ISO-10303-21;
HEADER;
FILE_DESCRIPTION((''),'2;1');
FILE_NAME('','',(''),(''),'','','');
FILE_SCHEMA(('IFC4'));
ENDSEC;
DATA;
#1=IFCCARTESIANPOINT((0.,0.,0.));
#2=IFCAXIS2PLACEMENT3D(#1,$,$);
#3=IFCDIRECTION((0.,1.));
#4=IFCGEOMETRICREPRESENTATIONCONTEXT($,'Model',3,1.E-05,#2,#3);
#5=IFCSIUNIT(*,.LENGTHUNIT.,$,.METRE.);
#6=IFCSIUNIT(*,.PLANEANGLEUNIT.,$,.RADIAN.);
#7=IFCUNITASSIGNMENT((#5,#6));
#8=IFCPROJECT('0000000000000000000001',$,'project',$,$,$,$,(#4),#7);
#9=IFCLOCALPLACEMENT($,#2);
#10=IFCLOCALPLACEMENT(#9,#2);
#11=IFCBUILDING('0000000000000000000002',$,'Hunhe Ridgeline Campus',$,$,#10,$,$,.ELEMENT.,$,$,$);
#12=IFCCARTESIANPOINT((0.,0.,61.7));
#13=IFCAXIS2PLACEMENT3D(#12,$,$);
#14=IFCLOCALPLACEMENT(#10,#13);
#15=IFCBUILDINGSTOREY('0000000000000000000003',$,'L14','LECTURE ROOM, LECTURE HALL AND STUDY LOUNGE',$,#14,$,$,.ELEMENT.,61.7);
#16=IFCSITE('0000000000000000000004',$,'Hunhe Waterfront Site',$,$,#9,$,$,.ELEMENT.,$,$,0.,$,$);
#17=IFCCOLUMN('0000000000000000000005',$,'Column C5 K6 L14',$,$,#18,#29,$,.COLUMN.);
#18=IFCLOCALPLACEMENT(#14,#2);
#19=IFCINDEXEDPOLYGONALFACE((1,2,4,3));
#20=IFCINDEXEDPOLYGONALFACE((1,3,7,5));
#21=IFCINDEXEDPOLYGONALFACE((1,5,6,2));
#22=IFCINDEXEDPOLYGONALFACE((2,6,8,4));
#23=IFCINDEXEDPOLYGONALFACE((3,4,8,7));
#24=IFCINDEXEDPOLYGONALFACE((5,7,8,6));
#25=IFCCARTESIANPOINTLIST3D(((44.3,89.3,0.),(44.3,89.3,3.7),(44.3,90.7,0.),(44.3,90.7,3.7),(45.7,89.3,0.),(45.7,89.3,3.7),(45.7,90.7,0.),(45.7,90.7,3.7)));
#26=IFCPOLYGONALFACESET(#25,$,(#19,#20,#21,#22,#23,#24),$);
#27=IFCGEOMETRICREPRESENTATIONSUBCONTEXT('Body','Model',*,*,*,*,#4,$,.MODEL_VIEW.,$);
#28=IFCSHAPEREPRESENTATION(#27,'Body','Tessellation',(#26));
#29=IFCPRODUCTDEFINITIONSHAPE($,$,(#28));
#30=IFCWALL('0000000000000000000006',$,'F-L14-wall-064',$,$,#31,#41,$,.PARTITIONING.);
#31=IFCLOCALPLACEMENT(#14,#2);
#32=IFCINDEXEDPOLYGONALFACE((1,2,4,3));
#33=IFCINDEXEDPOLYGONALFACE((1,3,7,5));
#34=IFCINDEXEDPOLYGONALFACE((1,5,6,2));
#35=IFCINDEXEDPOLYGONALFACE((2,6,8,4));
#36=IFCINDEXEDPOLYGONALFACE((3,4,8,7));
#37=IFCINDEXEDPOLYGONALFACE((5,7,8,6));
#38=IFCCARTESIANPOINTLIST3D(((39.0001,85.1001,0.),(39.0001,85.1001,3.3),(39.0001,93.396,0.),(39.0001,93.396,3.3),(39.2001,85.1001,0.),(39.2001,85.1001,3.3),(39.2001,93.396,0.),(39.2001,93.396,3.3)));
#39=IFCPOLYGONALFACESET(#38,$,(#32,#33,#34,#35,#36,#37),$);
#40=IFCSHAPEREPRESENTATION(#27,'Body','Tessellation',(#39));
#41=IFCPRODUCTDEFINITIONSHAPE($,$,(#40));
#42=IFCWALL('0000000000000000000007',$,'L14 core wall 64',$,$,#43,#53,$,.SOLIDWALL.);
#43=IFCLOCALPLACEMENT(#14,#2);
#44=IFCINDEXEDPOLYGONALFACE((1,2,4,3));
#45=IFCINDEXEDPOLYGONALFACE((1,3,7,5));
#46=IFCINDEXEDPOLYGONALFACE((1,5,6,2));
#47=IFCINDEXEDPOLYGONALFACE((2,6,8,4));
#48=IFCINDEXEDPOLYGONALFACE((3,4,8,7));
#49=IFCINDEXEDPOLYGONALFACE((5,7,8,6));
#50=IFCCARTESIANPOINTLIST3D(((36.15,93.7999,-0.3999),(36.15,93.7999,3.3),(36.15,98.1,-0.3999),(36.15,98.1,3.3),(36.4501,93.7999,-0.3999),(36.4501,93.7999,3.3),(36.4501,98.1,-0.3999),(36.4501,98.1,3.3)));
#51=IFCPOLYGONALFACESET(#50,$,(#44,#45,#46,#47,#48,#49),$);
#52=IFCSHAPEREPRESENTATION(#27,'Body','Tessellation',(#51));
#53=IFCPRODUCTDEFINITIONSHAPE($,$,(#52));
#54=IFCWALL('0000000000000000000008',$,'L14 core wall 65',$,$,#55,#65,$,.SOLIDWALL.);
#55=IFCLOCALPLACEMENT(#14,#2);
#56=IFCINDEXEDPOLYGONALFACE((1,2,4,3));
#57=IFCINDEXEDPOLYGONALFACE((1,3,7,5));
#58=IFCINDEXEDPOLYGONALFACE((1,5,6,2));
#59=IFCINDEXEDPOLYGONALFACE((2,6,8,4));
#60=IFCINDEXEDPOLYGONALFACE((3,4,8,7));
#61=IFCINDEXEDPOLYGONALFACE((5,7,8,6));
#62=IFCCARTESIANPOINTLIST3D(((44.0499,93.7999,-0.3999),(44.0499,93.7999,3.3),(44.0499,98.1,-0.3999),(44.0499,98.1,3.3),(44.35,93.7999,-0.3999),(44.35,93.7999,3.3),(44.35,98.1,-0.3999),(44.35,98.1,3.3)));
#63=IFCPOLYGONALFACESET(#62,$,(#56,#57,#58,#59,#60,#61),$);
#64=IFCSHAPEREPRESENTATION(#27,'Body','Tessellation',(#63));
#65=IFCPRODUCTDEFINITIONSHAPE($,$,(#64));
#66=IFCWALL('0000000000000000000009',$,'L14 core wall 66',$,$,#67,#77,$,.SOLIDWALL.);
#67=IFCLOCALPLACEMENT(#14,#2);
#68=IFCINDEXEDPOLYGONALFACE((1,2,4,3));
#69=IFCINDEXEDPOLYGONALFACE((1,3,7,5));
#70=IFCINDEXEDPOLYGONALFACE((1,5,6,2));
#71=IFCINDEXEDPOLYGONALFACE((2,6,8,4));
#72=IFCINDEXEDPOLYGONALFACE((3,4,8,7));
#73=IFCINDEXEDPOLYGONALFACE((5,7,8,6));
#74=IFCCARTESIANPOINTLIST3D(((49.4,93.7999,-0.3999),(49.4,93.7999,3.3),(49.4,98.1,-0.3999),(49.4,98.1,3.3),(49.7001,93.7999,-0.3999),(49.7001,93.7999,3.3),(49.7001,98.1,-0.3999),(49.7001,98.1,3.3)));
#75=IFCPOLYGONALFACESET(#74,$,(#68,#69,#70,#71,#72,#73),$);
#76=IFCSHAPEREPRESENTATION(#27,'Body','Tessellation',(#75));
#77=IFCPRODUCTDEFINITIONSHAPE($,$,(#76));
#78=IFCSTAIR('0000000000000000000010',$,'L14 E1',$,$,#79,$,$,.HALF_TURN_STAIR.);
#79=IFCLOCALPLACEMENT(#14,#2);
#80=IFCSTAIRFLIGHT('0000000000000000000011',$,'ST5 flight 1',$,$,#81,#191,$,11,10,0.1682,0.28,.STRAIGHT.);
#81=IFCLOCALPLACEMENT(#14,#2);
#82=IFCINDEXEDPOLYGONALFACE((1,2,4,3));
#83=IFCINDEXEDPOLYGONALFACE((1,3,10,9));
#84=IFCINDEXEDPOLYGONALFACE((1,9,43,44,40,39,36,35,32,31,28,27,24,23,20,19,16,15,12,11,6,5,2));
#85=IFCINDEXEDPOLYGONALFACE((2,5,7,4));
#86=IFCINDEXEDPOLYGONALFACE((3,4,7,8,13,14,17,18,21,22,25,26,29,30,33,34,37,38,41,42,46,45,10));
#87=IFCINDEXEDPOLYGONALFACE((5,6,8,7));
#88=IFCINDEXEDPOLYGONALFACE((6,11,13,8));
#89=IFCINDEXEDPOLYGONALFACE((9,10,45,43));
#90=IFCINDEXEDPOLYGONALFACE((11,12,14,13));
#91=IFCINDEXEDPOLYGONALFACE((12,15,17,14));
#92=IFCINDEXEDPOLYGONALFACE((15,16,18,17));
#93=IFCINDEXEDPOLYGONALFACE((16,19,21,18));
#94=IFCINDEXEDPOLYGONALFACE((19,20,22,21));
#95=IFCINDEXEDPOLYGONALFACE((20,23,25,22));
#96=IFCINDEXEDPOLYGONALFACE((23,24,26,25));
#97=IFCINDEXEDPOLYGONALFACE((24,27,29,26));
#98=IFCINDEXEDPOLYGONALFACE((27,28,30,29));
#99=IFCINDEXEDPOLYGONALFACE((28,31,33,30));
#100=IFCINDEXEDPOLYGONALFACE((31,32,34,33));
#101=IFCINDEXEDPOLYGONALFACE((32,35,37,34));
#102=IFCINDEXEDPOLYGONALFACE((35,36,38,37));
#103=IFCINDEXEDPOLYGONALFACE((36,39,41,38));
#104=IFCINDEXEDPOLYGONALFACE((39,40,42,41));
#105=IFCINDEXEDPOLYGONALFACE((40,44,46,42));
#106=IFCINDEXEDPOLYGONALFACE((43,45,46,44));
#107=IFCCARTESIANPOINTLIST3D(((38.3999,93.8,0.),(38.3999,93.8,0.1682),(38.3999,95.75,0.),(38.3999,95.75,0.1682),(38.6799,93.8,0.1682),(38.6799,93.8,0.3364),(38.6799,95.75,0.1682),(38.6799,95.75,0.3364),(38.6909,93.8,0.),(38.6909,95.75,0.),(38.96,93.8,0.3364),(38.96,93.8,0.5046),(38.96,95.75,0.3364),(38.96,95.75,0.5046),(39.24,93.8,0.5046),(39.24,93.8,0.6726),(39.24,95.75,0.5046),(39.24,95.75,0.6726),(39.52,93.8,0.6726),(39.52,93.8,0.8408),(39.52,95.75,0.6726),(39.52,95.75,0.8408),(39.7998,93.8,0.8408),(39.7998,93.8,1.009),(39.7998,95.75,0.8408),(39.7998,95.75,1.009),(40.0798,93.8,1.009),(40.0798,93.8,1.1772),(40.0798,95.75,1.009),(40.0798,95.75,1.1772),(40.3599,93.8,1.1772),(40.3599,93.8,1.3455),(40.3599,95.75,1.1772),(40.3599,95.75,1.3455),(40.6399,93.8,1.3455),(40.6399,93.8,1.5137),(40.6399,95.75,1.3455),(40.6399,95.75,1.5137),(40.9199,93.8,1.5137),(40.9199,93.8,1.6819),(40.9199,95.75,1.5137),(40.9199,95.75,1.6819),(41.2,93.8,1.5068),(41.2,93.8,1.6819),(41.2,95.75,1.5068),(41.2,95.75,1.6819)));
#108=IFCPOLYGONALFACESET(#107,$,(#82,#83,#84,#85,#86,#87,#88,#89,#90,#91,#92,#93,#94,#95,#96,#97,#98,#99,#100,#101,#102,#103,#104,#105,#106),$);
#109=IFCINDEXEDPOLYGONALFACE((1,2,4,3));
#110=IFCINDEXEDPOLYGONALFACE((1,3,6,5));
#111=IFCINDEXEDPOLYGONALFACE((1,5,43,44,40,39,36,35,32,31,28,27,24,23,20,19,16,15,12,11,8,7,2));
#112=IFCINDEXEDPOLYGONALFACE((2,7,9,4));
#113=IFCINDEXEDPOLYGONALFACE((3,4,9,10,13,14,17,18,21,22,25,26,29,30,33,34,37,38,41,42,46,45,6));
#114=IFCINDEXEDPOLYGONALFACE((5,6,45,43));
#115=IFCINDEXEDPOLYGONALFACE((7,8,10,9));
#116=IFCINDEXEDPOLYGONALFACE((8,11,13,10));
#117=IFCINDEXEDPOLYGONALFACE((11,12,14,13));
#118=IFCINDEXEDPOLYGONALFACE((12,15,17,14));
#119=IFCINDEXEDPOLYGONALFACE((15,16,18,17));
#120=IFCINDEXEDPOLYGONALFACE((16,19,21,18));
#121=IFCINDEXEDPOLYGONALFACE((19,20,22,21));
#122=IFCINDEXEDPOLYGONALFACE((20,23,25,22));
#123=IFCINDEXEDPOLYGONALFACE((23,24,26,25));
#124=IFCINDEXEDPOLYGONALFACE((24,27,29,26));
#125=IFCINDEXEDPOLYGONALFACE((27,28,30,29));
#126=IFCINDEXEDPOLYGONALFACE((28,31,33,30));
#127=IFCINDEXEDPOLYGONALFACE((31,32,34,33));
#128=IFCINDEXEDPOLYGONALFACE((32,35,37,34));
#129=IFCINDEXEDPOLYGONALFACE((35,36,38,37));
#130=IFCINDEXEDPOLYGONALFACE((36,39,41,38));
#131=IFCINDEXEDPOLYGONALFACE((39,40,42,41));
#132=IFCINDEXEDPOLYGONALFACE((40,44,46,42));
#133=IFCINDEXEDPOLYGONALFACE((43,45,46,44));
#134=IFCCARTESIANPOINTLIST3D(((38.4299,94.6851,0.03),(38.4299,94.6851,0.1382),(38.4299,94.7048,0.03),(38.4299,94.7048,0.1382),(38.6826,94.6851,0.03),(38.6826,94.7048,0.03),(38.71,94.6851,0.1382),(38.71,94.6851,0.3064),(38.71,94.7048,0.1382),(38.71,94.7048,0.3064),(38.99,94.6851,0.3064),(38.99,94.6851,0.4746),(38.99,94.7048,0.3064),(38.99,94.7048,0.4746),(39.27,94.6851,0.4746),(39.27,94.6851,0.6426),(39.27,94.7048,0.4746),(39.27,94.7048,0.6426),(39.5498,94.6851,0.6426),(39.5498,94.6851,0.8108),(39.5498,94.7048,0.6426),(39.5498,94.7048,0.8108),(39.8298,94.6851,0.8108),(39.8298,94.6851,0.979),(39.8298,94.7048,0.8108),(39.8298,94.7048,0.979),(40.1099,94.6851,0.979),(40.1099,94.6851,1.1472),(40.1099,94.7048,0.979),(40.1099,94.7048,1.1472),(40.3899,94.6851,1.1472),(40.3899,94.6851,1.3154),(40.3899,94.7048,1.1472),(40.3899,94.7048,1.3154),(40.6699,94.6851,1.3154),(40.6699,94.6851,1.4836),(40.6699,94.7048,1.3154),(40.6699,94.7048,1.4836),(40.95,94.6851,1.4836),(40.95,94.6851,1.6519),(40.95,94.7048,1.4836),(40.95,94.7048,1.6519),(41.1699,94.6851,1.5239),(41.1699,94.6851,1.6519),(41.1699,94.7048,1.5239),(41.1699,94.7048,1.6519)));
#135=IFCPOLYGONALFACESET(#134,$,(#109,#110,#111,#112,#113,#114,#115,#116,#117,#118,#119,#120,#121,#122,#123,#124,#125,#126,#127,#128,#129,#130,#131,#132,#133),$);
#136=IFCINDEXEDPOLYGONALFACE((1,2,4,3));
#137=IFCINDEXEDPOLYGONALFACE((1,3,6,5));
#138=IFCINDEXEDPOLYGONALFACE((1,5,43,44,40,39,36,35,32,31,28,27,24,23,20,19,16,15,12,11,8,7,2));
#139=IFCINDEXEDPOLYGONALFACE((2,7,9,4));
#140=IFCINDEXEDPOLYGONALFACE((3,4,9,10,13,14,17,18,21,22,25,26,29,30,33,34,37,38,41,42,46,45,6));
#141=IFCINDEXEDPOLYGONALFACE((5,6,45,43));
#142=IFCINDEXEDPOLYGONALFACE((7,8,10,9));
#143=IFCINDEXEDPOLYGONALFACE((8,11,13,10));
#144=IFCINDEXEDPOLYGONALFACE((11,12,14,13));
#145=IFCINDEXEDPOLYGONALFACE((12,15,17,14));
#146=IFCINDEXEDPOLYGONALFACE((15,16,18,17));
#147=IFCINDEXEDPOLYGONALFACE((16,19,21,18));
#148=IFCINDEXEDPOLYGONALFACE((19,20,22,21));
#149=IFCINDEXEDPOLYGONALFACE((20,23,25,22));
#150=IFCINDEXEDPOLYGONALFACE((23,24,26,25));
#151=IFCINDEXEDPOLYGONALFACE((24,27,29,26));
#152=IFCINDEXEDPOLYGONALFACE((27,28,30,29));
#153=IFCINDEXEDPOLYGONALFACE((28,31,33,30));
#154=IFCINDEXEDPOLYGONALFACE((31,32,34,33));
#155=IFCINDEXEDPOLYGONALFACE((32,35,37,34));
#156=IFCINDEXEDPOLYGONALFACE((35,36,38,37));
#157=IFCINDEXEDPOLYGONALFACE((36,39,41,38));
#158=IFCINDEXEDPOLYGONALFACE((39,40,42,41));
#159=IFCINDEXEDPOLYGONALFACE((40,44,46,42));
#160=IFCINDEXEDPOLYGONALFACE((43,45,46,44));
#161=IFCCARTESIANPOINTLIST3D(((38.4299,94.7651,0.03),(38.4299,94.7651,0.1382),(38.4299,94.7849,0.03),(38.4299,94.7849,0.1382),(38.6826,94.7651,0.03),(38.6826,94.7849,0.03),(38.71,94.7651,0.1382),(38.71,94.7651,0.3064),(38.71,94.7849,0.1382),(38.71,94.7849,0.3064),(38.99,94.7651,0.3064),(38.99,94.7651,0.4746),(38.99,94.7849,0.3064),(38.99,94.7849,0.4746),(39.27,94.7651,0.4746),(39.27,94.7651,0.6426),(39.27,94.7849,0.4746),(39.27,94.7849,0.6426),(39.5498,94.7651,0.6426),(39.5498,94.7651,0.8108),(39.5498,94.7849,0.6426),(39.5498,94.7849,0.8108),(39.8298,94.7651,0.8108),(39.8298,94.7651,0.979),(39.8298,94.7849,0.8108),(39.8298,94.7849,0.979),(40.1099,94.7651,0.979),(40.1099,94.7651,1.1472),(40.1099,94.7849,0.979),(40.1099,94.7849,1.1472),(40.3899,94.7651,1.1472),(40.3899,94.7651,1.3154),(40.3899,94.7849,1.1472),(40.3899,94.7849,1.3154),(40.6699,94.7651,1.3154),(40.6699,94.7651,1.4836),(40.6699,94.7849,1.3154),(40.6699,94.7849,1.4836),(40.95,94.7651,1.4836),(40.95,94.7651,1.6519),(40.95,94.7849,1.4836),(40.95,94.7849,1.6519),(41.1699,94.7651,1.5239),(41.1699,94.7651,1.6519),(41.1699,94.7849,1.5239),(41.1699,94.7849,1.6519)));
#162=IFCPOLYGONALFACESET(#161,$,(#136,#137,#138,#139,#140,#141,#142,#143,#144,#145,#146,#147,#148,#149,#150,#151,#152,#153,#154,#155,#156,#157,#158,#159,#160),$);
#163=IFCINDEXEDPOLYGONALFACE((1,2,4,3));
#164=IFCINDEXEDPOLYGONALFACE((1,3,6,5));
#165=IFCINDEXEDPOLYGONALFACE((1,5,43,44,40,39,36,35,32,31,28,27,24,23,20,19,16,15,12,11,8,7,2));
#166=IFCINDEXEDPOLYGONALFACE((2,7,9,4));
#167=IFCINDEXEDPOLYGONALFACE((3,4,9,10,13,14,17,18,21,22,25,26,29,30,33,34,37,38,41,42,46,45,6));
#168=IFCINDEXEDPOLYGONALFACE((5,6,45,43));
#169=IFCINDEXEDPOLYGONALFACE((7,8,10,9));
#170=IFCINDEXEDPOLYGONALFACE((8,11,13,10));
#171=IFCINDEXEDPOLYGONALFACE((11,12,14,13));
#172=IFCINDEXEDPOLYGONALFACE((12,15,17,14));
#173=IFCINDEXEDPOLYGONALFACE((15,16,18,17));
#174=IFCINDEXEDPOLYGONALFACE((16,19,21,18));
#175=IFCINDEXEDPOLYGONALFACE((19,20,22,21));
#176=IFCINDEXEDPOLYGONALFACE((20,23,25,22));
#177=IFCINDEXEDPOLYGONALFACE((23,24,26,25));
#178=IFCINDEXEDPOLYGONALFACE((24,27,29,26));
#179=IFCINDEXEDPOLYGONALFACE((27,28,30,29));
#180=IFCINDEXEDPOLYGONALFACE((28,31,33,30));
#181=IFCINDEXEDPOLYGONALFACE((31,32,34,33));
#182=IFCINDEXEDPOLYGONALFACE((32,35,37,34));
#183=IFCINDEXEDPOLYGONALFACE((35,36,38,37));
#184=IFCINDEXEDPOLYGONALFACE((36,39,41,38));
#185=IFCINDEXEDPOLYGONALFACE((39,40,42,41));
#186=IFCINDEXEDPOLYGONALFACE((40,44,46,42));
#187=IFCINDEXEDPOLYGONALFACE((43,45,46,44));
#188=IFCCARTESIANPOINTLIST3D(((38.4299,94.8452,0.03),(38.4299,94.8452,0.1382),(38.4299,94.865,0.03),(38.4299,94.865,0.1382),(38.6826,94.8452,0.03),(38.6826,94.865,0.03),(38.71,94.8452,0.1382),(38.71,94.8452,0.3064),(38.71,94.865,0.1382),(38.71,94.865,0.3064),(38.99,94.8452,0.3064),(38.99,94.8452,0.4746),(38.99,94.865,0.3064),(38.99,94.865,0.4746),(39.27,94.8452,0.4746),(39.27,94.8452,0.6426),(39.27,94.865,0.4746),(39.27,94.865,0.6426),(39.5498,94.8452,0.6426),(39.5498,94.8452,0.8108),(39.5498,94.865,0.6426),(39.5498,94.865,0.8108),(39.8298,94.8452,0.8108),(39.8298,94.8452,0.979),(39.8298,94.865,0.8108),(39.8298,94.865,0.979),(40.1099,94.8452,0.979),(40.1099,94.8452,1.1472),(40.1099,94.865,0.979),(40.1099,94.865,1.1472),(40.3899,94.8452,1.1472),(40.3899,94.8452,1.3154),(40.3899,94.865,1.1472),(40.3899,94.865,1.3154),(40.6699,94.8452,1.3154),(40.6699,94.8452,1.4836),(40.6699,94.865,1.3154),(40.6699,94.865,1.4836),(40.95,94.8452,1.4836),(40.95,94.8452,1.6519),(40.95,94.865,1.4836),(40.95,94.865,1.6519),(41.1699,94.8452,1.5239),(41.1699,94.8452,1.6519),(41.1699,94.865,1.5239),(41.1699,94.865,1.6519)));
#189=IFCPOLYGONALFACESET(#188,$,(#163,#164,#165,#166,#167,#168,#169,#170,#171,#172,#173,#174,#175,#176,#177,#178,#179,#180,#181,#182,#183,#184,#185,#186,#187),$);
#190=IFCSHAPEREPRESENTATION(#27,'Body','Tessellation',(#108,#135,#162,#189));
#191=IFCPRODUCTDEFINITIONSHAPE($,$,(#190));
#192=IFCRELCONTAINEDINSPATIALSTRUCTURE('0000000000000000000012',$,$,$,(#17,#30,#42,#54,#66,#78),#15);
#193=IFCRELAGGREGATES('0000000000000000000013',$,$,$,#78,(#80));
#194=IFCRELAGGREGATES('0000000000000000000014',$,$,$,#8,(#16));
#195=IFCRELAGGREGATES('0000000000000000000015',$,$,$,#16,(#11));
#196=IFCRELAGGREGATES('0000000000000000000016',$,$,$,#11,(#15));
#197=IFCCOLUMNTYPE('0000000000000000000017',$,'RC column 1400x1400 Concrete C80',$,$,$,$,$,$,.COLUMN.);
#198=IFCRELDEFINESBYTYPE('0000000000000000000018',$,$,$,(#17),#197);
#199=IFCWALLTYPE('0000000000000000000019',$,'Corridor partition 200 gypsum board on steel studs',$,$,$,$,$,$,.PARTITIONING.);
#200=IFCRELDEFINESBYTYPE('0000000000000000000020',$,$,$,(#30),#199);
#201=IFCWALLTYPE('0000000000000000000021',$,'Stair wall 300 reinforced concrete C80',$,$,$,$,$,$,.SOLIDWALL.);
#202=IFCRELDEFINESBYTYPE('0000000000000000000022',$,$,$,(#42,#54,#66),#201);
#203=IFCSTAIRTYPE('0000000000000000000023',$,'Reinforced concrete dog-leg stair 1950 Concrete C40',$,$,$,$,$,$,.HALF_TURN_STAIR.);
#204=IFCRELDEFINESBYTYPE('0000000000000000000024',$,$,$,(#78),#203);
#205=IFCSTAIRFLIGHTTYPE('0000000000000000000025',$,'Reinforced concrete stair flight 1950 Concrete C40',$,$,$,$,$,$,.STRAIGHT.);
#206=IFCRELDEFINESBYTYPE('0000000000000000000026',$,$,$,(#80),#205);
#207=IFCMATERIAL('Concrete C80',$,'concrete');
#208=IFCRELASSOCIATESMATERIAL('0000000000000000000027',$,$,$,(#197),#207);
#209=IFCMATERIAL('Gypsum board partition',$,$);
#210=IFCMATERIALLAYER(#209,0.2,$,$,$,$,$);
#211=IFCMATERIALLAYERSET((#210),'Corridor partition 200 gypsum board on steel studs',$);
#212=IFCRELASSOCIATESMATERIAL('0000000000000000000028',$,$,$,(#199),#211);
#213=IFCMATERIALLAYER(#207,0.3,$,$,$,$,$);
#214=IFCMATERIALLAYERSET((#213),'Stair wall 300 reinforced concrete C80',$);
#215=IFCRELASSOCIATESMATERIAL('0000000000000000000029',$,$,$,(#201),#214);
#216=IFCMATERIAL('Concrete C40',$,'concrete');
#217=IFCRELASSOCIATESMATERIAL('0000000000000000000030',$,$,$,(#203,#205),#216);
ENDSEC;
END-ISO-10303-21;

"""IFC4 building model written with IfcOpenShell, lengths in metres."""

from ifc_helpers import new_model, si_unit, direction, frame, frame_2d, origin, origin_2d, place, context, subcontext, project, spatial, polyline, rectangle, outline, extrude, material, layer, layer_set, material_profile, profile_set, type_object, element, aggregate, save


model = new_model("IFC4")

# Units and contexts
model_context = context("Model", 3, precision=1e-05, world=origin(), true_north=direction((0.0, 1.0)))
body_context = subcontext(model_context, "Body", "Model", "MODEL_VIEW")
ifc_project = project(units=[si_unit("LENGTHUNIT", "METRE"), si_unit("PLANEANGLEUNIT", "RADIAN")], contexts=[model_context])

# Site, building, storey
site_placement = place(None, origin())
site = spatial("IfcSite", under=ifc_project, at=site_placement, Name="Hunhe Waterfront Site", CompositionType="ELEMENT", RefElevation=0.0)
building_placement = place(site_placement, origin())
building = spatial("IfcBuilding", under=site, at=building_placement, Name="Hunhe Ridgeline Campus", CompositionType="ELEMENT")
storey_placement = place(building_placement, frame((0.0, 0.0, 61.7)))
storey = spatial("IfcBuildingStorey", under=building, at=storey_placement, Name="L14", Description="LECTURE ROOM, LECTURE HALL AND STUDY LOUNGE", CompositionType="ELEMENT", Elevation=61.7)

# Column
ifc_material_1 = material(Name="Concrete C80", Category="concrete")
ifc_material_profile = material_profile(ifc_material_1, rectangle(XDim=1.3999, YDim=1.3999, at=origin_2d()))
ifc_profile_set = profile_set([ifc_material_profile], Name="Concrete C80")
column_type = type_object("IfcColumnType", Name="RC column 1400x1400 Concrete C80", PredefinedType="COLUMN", material=ifc_profile_set)
column_placement = place(storey_placement, frame((45.0, 90.0, 0.0), z_axis=(0.0, 0.0, 1.0), x_axis=(1.0, 0.0, 0.0)))
element("IfcColumn", 1, at=column_placement, inside=storey, type_object=column_type, Name="Column C5 K6 L14", PredefinedType="COLUMN", context=body_context, shape_type="SweptSolid", body=[
    extrude(rectangle(XDim=1.3999, YDim=1.3999, at=origin_2d()), origin(), (0.0, 0.0, 1.0), 3.7),
])

# Wall
ifc_material_2 = material(Name="Gypsum board partition")
ifc_layer_1 = layer(ifc_material_2, 0.2)
ifc_layer_set_1 = layer_set([ifc_layer_1], Name="Corridor partition 200 gypsum board on steel studs")
wall_type_1 = type_object("IfcWallType", Name="Corridor partition 200 gypsum board on steel studs", PredefinedType="PARTITIONING", material=ifc_layer_set_1)
wall_1_placement = place(storey_placement, frame((39.1001, 93.396, 0.0), z_axis=(0.0, 0.0, 1.0), x_axis=(0.0, -1.0, 0.0)))
element("IfcWall", 2, at=wall_1_placement, inside=storey, type_object=wall_type_1, Name="F-L14-wall-064", PredefinedType="PARTITIONING", context=body_context, shape_type="SweptSolid", body=[
    extrude(rectangle(XDim=8.2959, YDim=0.2, at=frame_2d((4.1479, 0.0))), origin(), (0.0, 0.0, 1.0), 3.3),
])

# Shared definitions
ifc_layer_2 = layer(ifc_material_1, 0.3)
ifc_layer_set_2 = layer_set([ifc_layer_2], Name="Stair wall 300 reinforced concrete C80")
wall_type_2 = type_object("IfcWallType", Name="Stair wall 300 reinforced concrete C80", PredefinedType="SOLIDWALL", material=ifc_layer_set_2)

# Walls
for number, where, z_axis, x_axis, name in (
    (3, (36.3, 93.8, -0.3999), (0.0, 0.0, 1.0), (0.0, 1.0, 0.0), "L14 core wall 64"),
    (4, (44.2, 93.8, -0.3999), (0.0, 0.0, 1.0), (0.0, 1.0, 0.0), "L14 core wall 65"),
    (5, (49.55, 93.8, -0.3999), (0.0, 0.0, 1.0), (0.0, 1.0, 0.0), "L14 core wall 66"),
):
    element("IfcWall", number, at=place(storey_placement, frame(where, z_axis=z_axis, x_axis=x_axis)), inside=storey, type_object=wall_type_2, Name=name, PredefinedType="SOLIDWALL", context=body_context, shape_type="SweptSolid", body=[
        extrude(rectangle(XDim=4.3, YDim=0.3, at=frame_2d((2.1499, 0.0))), origin(), (0.0, 0.0, 1.0), 3.7),
    ])

# Stair, stair flight
ifc_material_3 = material(Name="Concrete C40", Category="concrete")
stair_type = type_object("IfcStairType", Name="Reinforced concrete dog-leg stair 1950 Concrete C40", PredefinedType="HALF_TURN_STAIR", material=ifc_material_3)
stair_1_placement = place(storey_placement, origin())
stair_1 = element("IfcStair", 6, at=stair_1_placement, inside=storey, type_object=stair_type, Name="L14 E1", PredefinedType="HALF_TURN_STAIR")
stair_flight_type = type_object("IfcStairFlightType", Name="Reinforced concrete stair flight 1950 Concrete C40", PredefinedType="STRAIGHT", material=ifc_material_3)
stair_flight_1_placement = place(storey_placement, frame((38.3999, 94.7749, 0.0), z_axis=(0.0, 0.0, 1.0), x_axis=(1.0, 0.0, 0.0)))
stair_flight_1 = element("IfcStairFlight", 7, at=stair_flight_1_placement, type_object=stair_flight_type, Name="ST5 flight 1", NumberOfRisers=11, NumberOfTreads=10, PredefinedType="STRAIGHT", RiserHeight=0.1682, TreadLength=0.28, context=body_context, shape_type="SweptSolid", body=[
    extrude(outline(polyline([(0.0, 0.0), (0.0, 0.1682), (0.28, 0.1682), (0.28, 0.3364), (0.5601, 0.3364), (0.5601, 0.5046), (0.8401, 0.5046), (0.8401, 0.6726), (1.1201, 0.6726), (1.1201, 0.8408), (1.3999, 0.8408), (1.3999, 1.009), (1.6799, 1.009), (1.6799, 1.1772), (1.96, 1.1772), (1.96, 1.3455), (2.24, 1.3455), (2.24, 1.5137), (2.52, 1.5137), (2.52, 1.6819), (2.8, 1.6819), (2.8, 1.8501), (2.8, 1.5068), (0.291, 0.0), (0.0, 0.0)])), frame((0.0, 0.9751, 0.0), z_axis=(0.0, -1.0, 0.0), x_axis=(1.0, 0.0, 0.0)), (0.0, 0.0, 1.0), 1.95),
    extrude(outline(polyline([(0.03, 0.03), (0.03, 0.1382), (0.3101, 0.1382), (0.3101, 0.3064), (0.5901, 0.3064), (0.5901, 0.4746), (0.8701, 0.4746), (0.8701, 0.6426), (1.1499, 0.6426), (1.1499, 0.8108), (1.4299, 0.8108), (1.4299, 0.979), (1.71, 0.979), (1.71, 1.1472), (1.99, 1.1472), (1.99, 1.3154), (2.27, 1.3154), (2.27, 1.4836), (2.55, 1.4836), (2.55, 1.6519), (2.77, 1.6519), (2.77, 1.5239), (0.2827, 0.03), (0.03, 0.03)])), frame((0.0, -0.0701, 0.0), z_axis=(0.0, -1.0, 0.0), x_axis=(1.0, 0.0, 0.0)), (0.0, 0.0, 1.0), 0.0198),
    extrude(outline(polyline([(0.03, 0.03), (0.03, 0.1382), (0.3101, 0.1382), (0.3101, 0.3064), (0.5901, 0.3064), (0.5901, 0.4746), (0.8701, 0.4746), (0.8701, 0.6426), (1.1499, 0.6426), (1.1499, 0.8108), (1.4299, 0.8108), (1.4299, 0.979), (1.71, 0.979), (1.71, 1.1472), (1.99, 1.1472), (1.99, 1.3154), (2.27, 1.3154), (2.27, 1.4836), (2.55, 1.4836), (2.55, 1.6519), (2.77, 1.6519), (2.77, 1.5239), (0.2827, 0.03), (0.03, 0.03)])), frame((0.0, 0.01, 0.0), z_axis=(0.0, -1.0, 0.0), x_axis=(1.0, 0.0, 0.0)), (0.0, 0.0, 1.0), 0.0198),
    extrude(outline(polyline([(0.03, 0.03), (0.03, 0.1382), (0.3101, 0.1382), (0.3101, 0.3064), (0.5901, 0.3064), (0.5901, 0.4746), (0.8701, 0.4746), (0.8701, 0.6426), (1.1499, 0.6426), (1.1499, 0.8108), (1.4299, 0.8108), (1.4299, 0.979), (1.71, 0.979), (1.71, 1.1472), (1.99, 1.1472), (1.99, 1.3154), (2.27, 1.3154), (2.27, 1.4836), (2.55, 1.4836), (2.55, 1.6519), (2.77, 1.6519), (2.77, 1.5239), (0.2827, 0.03), (0.03, 0.03)])), frame((0.0, 0.0901, 0.0), z_axis=(0.0, -1.0, 0.0), x_axis=(1.0, 0.0, 0.0)), (0.0, 0.0, 1.0), 0.0198),
])
aggregate(stair_1, [stair_flight_1])

save(model, "model.ifc")
